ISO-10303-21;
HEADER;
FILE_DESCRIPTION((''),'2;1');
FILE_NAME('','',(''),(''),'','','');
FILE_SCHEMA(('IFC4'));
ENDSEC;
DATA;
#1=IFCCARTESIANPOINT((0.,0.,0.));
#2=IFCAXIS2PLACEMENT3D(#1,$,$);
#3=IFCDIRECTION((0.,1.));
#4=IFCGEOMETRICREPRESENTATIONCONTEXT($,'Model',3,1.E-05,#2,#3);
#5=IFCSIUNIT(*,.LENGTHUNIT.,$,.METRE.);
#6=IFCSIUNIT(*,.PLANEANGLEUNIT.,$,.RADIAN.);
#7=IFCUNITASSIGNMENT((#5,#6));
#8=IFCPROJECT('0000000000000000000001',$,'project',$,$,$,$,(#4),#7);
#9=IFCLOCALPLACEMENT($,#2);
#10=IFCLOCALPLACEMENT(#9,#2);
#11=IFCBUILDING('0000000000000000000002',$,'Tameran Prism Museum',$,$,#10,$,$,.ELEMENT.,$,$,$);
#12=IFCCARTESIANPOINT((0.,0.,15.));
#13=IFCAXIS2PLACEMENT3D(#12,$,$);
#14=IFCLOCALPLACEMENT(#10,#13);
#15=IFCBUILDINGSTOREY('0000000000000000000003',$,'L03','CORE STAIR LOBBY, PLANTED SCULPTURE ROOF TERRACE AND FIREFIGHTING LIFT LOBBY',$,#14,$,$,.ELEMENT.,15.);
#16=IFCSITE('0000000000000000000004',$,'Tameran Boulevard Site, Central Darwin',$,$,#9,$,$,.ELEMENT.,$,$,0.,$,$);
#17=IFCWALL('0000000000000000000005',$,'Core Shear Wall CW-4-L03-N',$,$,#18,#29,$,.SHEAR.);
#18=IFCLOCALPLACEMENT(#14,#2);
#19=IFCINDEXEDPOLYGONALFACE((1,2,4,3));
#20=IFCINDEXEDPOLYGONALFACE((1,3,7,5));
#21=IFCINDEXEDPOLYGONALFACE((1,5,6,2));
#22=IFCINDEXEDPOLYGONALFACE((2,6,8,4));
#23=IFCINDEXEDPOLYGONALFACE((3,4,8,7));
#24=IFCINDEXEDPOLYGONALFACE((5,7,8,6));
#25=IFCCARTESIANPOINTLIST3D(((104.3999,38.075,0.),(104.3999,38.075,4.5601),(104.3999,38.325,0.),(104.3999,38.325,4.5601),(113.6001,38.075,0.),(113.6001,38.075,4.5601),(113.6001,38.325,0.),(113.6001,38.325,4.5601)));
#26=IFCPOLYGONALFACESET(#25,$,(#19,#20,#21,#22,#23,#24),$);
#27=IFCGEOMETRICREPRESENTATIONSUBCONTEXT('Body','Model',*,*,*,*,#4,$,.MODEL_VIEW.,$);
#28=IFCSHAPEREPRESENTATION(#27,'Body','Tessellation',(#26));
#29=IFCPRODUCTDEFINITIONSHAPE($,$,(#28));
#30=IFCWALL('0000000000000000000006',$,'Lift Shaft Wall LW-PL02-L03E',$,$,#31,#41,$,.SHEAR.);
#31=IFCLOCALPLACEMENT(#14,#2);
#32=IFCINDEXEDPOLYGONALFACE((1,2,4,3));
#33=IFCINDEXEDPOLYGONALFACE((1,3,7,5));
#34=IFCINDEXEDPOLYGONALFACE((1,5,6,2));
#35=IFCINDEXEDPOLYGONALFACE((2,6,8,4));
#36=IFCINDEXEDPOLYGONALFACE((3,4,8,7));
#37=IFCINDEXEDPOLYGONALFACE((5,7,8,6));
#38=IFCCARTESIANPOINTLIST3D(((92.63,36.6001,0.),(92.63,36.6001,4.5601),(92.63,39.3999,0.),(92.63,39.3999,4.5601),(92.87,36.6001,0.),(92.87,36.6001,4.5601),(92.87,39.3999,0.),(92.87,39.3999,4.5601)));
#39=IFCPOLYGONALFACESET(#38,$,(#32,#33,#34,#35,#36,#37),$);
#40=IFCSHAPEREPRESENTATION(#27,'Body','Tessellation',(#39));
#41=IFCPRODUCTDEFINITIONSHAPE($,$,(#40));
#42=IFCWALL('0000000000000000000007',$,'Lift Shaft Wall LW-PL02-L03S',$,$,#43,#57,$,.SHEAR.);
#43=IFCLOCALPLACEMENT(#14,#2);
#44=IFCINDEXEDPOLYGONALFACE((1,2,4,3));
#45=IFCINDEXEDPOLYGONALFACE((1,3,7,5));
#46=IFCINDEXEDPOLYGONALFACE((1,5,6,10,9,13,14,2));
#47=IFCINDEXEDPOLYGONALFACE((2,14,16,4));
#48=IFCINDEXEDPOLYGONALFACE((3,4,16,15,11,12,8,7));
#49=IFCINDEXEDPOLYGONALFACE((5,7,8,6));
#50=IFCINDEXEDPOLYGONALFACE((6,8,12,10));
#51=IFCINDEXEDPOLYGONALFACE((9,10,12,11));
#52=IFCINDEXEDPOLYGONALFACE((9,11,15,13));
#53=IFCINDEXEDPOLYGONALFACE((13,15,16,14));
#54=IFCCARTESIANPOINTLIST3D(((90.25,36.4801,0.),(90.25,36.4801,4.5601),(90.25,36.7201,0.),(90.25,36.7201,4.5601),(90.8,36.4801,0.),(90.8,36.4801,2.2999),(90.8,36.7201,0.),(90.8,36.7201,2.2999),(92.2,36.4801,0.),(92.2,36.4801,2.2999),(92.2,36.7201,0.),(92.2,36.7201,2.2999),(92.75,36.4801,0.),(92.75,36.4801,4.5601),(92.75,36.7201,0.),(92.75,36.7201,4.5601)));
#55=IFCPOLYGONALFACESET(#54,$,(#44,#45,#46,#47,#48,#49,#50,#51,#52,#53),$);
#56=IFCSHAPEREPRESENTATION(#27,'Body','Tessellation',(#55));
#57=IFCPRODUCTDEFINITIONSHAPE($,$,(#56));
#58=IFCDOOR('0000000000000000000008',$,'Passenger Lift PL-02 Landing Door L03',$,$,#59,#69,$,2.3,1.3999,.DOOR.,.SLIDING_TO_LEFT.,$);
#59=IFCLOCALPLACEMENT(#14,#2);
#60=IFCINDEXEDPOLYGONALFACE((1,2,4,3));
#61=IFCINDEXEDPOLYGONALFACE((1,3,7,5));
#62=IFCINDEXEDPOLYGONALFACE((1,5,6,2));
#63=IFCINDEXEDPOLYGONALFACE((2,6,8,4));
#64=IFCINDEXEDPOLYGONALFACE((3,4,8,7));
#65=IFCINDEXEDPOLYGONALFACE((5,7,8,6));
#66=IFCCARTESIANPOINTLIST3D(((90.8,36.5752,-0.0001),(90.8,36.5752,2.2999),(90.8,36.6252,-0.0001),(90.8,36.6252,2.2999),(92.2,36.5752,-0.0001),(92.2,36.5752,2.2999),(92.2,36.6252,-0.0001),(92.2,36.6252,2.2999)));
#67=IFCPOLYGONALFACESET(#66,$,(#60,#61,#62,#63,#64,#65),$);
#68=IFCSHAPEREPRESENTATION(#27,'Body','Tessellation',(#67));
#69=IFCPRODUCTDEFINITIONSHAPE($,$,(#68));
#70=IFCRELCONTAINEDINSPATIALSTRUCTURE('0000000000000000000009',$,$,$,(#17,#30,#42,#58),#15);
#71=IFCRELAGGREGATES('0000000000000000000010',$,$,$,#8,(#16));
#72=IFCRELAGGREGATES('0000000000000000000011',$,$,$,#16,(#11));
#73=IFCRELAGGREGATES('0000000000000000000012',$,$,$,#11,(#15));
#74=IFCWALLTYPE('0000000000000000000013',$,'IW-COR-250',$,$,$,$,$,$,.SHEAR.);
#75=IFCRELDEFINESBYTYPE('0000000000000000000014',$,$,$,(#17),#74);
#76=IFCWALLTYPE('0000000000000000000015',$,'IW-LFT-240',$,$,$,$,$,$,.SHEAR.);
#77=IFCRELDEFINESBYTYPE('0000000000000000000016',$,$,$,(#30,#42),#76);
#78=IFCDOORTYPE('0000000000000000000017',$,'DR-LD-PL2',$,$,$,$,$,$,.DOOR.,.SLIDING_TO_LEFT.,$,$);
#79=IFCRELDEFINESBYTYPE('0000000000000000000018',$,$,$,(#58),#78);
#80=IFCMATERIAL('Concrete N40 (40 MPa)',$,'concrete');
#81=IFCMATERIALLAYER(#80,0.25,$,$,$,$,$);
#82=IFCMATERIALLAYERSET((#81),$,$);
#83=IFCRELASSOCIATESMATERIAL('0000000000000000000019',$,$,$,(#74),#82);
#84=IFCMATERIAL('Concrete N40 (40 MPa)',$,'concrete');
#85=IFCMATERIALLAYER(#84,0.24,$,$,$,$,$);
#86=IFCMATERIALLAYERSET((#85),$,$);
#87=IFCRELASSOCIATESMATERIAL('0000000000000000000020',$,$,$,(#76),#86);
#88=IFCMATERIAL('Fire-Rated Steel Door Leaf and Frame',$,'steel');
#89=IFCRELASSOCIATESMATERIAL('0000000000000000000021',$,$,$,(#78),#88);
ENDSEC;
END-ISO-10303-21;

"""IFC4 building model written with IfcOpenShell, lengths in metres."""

from ifc_helpers import new_model, si_unit, direction, frame, frame_2d, origin, place, context, subcontext, project, spatial, rectangle, extrude, material, layer, layer_set, type_object, element, fill, save


model = new_model("IFC4")

# Units and contexts
model_context = context("Model", 3, precision=1e-05, world=origin(), true_north=direction((0.0, 1.0)))
body_context = subcontext(model_context, "Body", "Model", "MODEL_VIEW")
ifc_project = project(units=[si_unit("LENGTHUNIT", "METRE"), si_unit("PLANEANGLEUNIT", "RADIAN")], contexts=[model_context])

# Site, building, storey
site_placement = place(None, origin())
site = spatial("IfcSite", under=ifc_project, at=site_placement, Name="Tameran Boulevard Site, Central Darwin", CompositionType="ELEMENT", RefElevation=0.0)
building_placement = place(site_placement, origin())
building = spatial("IfcBuilding", under=site, at=building_placement, Name="Tameran Prism Museum", CompositionType="ELEMENT")
storey_placement = place(building_placement, frame((0.0, 0.0, 15.0)))
storey = spatial("IfcBuildingStorey", under=building, at=storey_placement, Name="L03", Description="CORE STAIR LOBBY, PLANTED SCULPTURE ROOF TERRACE AND FIREFIGHTING LIFT LOBBY", CompositionType="ELEMENT", Elevation=15.0)

# Walls
ifc_material_1 = material(Name="Concrete N40 (40 MPa)", Category="concrete")
ifc_layer_1 = layer(ifc_material_1, 0.25)
ifc_layer_set_1 = layer_set([ifc_layer_1])
wall_type_1 = type_object("IfcWallType", Name="IW-COR-250", PredefinedType="SHEAR", material=ifc_layer_set_1)
wall_1_placement = place(storey_placement, frame((104.3999, 38.2, 0.0), z_axis=(0.0, 0.0, 1.0), x_axis=(1.0, 0.0, 0.0)))
element("IfcWall", 1, at=wall_1_placement, inside=storey, type_object=wall_type_1, Name="Core Shear Wall CW-4-L03-N", PredefinedType="SHEAR", context=body_context, shape_type="SweptSolid", body=[
    extrude(rectangle(XDim=9.2002, YDim=0.25, at=frame_2d((4.6001, 0.0))), origin(), (0.0, 0.0, 1.0), 4.5601),
])
ifc_material_2 = material(Name="Concrete N40 (40 MPa)", Category="concrete")
ifc_layer_2 = layer(ifc_material_2, 0.24)
ifc_layer_set_2 = layer_set([ifc_layer_2])
wall_type_2 = type_object("IfcWallType", Name="IW-LFT-240", PredefinedType="SHEAR", material=ifc_layer_set_2)
wall_2_placement = place(storey_placement, frame((92.75, 39.3999, 0.0), z_axis=(0.0, 0.0, 1.0), x_axis=(0.0, -1.0, 0.0)))
element("IfcWall", 2, at=wall_2_placement, inside=storey, type_object=wall_type_2, Name="Lift Shaft Wall LW-PL02-L03E", PredefinedType="SHEAR", context=body_context, shape_type="SweptSolid", body=[
    extrude(rectangle(XDim=2.7998, YDim=0.24, at=frame_2d((1.3999, 0.0))), origin(), (0.0, 0.0, 1.0), 4.5601),
])

# Wall, opening, door
wall_3_placement = place(storey_placement, frame((92.75, 36.6001, 0.0), z_axis=(0.0, 0.0, 1.0), x_axis=(-1.0, 0.0, 0.0)))
wall_3 = element("IfcWall", 3, at=wall_3_placement, inside=storey, type_object=wall_type_2, Name="Lift Shaft Wall LW-PL02-L03S", PredefinedType="SHEAR", context=body_context, shape_type="SweptSolid", body=[
    extrude(rectangle(XDim=2.5, YDim=0.24, at=frame_2d((1.25, 0.0))), origin(), (0.0, 0.0, 1.0), 4.5601),
])
opening_1_placement = place(wall_3_placement, frame((0.55, 0.0, 0.0)))
opening_1 = element("IfcOpeningElement", 4, at=opening_1_placement, cuts=wall_3, PredefinedType="OPENING", context=body_context, shape_type="SweptSolid", body=[
    extrude(rectangle(XDim=1.3999, YDim=2.3, at=frame_2d((0.7, 1.1499))), frame((0.0, 0.1299, 0.0), z_axis=(0.0, -1.0, 0.0), x_axis=(1.0, 0.0, 0.0)), (0.0, 0.0, 1.0), 0.26),
])
ifc_material_3 = material(Name="Fire-Rated Steel Door Leaf and Frame", Category="steel")
door_type_1 = type_object("IfcDoorType", Name="DR-LD-PL2", OperationType="SLIDING_TO_LEFT", PredefinedType="DOOR", material=ifc_material_3)
door_1_placement = place(opening_1_placement, origin())
door_1 = element("IfcDoor", 5, at=door_1_placement, inside=storey, type_object=door_type_1, Name="Passenger Lift PL-02 Landing Door L03", OperationType="SLIDING_TO_LEFT", OverallHeight=2.3, OverallWidth=1.3999, PredefinedType="DOOR", context=body_context, shape_type="SweptSolid", body=[
    extrude(rectangle(XDim=1.3999, YDim=2.3, at=frame_2d((0.7, 1.1499))), frame((0.0, 0.0249, 0.0), z_axis=(0.0, -1.0, 0.0), x_axis=(1.0, 0.0, 0.0)), (0.0, 0.0, 1.0), 0.05),
])
fill(opening_1, door_1)

save(model, "model.ifc")
